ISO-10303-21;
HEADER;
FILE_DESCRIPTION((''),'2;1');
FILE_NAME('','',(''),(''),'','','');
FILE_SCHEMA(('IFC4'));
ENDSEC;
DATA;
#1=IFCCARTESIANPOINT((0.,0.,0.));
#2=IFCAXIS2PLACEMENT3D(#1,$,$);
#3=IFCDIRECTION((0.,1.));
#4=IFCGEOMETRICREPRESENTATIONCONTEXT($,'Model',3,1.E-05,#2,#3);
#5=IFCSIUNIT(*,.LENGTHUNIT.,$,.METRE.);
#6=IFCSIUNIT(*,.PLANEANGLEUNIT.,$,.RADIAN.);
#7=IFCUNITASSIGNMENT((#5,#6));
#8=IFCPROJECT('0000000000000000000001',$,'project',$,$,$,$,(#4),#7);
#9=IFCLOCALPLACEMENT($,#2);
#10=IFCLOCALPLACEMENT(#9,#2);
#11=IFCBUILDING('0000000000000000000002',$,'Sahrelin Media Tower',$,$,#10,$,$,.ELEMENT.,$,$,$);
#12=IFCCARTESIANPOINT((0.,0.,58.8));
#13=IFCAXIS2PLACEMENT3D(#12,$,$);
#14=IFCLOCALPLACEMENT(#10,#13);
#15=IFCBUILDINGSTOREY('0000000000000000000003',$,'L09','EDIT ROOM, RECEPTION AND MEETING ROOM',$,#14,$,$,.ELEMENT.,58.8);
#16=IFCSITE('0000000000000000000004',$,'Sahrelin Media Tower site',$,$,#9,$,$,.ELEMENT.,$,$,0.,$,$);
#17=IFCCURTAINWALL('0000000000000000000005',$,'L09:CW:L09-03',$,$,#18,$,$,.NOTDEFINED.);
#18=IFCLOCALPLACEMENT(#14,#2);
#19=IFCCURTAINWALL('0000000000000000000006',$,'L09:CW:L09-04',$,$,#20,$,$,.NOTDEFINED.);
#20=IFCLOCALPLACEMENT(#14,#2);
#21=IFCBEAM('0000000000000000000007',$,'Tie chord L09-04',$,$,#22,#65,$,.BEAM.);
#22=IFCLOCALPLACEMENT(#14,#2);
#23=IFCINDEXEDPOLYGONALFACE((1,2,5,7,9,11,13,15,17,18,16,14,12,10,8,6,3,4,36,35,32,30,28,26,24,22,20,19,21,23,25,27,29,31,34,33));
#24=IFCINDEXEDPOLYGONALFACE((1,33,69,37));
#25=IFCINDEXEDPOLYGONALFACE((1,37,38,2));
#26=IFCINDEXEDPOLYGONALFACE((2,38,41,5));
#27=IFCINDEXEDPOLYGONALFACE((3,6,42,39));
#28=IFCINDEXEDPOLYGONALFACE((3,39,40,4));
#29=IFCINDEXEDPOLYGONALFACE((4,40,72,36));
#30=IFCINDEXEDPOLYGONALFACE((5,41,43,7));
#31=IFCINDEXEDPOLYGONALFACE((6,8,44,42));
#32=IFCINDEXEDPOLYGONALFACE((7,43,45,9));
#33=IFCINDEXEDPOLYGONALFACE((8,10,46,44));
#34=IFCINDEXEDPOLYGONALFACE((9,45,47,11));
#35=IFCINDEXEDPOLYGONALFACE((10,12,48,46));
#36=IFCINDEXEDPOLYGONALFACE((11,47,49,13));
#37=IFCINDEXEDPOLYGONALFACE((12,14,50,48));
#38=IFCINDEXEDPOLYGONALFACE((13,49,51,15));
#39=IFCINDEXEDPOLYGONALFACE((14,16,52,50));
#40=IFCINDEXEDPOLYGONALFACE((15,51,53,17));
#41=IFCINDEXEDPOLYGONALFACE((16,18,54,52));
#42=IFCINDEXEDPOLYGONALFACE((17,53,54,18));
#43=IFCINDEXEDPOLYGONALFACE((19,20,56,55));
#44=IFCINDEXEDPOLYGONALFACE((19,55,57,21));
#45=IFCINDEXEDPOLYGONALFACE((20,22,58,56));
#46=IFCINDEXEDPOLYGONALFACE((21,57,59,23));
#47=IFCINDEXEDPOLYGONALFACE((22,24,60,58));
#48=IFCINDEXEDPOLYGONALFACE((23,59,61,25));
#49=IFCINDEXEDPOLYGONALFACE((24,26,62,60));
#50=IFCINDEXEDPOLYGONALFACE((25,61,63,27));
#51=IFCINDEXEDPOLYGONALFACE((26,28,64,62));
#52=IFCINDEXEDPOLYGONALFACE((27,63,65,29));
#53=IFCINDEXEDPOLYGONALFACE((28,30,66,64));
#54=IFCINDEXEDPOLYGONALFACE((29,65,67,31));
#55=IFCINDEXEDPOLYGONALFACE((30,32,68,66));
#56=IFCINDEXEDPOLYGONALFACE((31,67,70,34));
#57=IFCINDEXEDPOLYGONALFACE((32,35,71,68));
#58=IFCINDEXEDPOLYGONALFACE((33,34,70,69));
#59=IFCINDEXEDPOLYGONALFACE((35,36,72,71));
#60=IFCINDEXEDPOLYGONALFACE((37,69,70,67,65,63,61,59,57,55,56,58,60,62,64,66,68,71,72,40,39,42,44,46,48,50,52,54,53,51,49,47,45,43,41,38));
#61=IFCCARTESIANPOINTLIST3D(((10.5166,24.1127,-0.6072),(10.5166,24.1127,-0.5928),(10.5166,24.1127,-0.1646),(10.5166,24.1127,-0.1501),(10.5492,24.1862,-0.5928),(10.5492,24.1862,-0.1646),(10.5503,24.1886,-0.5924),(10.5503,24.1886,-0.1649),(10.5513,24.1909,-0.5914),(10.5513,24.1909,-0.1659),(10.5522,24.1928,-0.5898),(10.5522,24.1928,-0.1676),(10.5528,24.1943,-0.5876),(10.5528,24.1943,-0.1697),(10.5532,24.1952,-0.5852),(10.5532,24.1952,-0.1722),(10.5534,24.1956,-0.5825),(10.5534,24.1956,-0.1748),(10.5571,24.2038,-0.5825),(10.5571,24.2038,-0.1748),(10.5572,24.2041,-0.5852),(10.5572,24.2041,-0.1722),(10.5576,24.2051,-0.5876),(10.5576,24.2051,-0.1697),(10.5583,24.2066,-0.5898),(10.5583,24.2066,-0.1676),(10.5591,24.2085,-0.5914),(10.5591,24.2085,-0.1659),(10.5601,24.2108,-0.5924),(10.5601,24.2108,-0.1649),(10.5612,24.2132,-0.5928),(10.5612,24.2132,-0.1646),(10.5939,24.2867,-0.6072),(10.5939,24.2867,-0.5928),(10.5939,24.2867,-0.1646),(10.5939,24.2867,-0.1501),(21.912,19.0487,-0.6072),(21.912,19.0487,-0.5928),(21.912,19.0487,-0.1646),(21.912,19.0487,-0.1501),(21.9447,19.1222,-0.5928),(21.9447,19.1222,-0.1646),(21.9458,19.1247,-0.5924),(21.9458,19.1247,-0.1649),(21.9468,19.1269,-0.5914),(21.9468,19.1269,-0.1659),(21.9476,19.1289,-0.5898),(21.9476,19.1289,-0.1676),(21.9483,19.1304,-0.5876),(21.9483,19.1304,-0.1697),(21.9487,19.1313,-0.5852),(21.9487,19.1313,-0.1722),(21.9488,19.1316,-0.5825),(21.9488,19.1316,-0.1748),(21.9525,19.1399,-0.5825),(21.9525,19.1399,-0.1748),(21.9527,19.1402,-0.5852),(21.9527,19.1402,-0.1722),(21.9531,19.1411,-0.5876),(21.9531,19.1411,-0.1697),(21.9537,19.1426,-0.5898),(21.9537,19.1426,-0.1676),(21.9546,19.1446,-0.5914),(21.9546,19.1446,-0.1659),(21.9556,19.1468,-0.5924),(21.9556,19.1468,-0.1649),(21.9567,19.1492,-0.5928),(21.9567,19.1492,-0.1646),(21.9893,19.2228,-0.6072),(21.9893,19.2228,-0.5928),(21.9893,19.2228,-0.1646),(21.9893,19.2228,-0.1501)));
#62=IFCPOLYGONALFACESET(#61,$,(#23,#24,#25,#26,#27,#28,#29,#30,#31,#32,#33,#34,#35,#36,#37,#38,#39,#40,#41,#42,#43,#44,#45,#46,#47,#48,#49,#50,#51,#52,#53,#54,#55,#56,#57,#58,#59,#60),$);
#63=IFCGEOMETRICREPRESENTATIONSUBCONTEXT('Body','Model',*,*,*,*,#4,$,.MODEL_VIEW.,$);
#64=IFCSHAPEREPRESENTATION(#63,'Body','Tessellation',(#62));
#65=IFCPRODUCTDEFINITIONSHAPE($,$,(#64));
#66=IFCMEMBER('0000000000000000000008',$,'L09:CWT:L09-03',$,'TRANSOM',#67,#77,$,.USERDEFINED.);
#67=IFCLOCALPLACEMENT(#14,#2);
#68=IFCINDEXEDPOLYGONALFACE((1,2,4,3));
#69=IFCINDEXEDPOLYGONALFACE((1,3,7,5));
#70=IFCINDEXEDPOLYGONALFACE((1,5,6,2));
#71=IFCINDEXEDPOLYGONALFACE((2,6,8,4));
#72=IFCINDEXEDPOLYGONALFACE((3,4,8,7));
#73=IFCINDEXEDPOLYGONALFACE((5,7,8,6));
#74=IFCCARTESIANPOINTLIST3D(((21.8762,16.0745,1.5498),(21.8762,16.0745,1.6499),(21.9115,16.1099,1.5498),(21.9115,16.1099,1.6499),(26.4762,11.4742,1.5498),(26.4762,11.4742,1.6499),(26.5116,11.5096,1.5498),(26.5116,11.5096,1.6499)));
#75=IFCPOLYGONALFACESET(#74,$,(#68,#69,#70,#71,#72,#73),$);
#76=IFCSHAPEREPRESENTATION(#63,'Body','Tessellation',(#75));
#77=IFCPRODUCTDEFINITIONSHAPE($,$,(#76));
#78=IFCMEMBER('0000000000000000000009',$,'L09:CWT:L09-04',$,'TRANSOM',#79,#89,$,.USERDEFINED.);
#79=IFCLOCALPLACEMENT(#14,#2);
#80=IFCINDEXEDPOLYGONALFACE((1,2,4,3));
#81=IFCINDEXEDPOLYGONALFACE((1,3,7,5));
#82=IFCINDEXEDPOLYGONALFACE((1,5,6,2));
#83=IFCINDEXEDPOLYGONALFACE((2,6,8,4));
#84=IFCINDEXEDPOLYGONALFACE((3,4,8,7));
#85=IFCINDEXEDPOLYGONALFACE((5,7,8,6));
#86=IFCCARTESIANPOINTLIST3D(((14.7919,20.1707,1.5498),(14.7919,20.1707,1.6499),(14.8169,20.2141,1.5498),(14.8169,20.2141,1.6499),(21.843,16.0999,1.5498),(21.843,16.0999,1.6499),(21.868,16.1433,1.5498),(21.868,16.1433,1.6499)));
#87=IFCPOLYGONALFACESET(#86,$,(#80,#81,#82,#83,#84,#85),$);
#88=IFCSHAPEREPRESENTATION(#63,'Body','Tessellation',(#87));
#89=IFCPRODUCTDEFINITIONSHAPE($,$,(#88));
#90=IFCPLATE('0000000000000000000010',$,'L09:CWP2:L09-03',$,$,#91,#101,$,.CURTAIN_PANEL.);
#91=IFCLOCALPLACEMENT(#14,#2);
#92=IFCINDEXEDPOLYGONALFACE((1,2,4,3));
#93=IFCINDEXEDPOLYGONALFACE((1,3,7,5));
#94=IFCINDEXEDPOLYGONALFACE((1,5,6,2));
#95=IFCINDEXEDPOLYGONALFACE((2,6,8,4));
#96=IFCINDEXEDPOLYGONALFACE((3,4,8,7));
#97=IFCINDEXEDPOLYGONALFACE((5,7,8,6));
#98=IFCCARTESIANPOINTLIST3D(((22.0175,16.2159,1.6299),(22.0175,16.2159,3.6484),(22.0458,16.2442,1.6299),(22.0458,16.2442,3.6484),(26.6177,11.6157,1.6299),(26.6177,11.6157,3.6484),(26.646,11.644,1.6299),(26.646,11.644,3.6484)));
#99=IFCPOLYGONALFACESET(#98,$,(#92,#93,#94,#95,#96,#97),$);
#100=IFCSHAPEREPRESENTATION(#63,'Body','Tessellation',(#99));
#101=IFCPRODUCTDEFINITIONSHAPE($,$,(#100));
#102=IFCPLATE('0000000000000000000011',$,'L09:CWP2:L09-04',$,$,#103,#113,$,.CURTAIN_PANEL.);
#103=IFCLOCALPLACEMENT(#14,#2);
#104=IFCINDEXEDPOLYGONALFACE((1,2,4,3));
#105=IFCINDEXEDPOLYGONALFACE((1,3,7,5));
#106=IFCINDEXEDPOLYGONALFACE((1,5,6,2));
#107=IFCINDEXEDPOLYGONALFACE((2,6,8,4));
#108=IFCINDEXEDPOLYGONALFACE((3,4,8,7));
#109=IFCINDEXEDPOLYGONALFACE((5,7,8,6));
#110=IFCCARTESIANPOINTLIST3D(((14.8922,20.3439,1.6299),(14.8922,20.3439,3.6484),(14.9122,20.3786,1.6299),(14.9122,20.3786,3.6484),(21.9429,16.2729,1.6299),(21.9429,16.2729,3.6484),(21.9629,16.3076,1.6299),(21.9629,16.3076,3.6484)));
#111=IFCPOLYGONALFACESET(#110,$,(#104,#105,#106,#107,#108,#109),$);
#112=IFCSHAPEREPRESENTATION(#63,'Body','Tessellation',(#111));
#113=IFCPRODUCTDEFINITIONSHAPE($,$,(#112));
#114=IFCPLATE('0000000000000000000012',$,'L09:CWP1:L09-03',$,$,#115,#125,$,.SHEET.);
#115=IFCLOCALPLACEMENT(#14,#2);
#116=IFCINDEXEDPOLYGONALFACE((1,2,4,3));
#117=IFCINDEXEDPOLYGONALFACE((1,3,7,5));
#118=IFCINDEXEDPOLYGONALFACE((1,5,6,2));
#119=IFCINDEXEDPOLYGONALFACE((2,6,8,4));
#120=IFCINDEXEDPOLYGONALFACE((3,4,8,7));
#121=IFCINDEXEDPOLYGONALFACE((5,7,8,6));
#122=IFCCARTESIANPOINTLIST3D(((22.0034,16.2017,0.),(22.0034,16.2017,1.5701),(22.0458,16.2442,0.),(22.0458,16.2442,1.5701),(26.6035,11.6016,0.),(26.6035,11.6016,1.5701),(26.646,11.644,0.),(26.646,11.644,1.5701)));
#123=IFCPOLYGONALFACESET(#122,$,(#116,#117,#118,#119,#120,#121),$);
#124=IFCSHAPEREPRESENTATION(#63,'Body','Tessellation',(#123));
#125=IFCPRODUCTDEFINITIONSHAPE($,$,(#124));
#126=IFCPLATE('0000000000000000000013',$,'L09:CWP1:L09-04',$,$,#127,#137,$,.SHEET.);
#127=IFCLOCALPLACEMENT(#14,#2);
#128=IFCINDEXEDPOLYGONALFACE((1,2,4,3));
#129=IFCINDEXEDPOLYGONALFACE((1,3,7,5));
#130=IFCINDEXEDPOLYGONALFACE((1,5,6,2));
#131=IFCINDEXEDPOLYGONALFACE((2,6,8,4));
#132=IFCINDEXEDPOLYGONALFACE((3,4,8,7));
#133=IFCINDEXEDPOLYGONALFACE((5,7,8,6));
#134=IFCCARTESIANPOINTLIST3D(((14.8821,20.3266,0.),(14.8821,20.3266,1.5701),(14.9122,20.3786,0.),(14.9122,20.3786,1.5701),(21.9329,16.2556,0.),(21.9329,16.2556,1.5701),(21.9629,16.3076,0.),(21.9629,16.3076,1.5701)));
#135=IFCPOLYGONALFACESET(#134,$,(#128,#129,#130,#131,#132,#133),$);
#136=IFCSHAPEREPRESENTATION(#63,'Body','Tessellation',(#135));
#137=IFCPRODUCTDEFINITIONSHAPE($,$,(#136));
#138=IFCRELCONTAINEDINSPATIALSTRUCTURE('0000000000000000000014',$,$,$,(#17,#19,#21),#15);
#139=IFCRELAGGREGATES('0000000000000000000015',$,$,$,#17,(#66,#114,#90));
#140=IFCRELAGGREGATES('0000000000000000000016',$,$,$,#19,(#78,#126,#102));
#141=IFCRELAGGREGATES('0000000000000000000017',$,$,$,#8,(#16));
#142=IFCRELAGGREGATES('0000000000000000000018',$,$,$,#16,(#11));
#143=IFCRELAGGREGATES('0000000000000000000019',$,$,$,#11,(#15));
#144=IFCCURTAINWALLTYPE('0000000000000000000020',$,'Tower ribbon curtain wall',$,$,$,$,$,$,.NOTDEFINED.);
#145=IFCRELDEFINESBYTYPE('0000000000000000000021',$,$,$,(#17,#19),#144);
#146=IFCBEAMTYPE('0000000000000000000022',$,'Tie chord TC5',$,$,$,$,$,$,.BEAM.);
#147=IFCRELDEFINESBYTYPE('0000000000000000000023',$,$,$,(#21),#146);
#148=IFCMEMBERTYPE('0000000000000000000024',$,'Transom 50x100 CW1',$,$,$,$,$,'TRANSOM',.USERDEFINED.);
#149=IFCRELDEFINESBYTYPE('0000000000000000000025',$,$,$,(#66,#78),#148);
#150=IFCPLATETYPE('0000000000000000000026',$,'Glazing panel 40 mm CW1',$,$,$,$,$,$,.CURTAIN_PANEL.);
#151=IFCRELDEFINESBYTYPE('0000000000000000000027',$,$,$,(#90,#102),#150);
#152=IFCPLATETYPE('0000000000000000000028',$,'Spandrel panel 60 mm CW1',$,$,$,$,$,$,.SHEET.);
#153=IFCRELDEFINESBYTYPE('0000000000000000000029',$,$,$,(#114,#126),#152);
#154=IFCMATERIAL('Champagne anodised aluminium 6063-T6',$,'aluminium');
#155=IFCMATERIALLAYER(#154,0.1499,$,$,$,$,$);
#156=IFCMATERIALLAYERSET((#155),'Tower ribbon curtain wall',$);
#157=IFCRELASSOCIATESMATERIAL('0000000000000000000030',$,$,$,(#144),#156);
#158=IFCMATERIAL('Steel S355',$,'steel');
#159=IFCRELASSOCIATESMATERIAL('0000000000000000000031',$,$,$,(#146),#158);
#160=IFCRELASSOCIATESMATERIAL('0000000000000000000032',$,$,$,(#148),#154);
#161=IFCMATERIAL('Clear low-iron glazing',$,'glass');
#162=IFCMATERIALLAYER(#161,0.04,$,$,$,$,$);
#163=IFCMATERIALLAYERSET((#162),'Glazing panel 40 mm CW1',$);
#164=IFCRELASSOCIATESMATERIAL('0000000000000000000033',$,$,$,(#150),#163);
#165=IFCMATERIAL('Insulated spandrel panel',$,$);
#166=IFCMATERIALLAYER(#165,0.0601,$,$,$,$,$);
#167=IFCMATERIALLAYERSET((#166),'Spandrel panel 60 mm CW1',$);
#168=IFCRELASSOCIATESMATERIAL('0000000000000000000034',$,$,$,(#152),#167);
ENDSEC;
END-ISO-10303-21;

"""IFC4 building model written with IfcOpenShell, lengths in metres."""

from ifc_helpers import new_model, si_unit, direction, frame, origin, origin_2d, place, context, subcontext, project, spatial, polyline, rectangle, i_section, outline, extrude, material, layer, layer_set, material_profile, profile_set, type_object, element, aggregate, save


model = new_model("IFC4")

# Units and contexts
model_context = context("Model", 3, precision=1e-05, world=origin(), true_north=direction((0.0, 1.0)))
body_context = subcontext(model_context, "Body", "Model", "MODEL_VIEW")
ifc_project = project(units=[si_unit("LENGTHUNIT", "METRE"), si_unit("PLANEANGLEUNIT", "RADIAN")], contexts=[model_context])

# Site, building, storey
site_placement = place(None, origin())
site = spatial("IfcSite", under=ifc_project, at=site_placement, Name="Sahrelin Media Tower site", CompositionType="ELEMENT", RefElevation=0.0)
building_placement = place(site_placement, origin())
building = spatial("IfcBuilding", under=site, at=building_placement, Name="Sahrelin Media Tower", CompositionType="ELEMENT")
storey_placement = place(building_placement, frame((0.0, 0.0, 58.8)))
storey = spatial("IfcBuildingStorey", under=building, at=storey_placement, Name="L09", Description="EDIT ROOM, RECEPTION AND MEETING ROOM", CompositionType="ELEMENT", Elevation=58.8)

# Shared definitions
ifc_material_1 = material(Name="Steel S355", Category="steel")

# Curtain walls
ifc_material_2 = material(Name="Champagne anodised aluminium 6063-T6", Category="aluminium")
ifc_layer_1 = layer(ifc_material_2, 0.1499)
ifc_layer_set_1 = layer_set([ifc_layer_1], Name="Tower ribbon curtain wall")
curtain_wall_type = type_object("IfcCurtainWallType", Name="Tower ribbon curtain wall", PredefinedType="NOTDEFINED", material=ifc_layer_set_1)
curtain_wall_1_placement = place(storey_placement, frame((24.3318, 13.9299, 0.0), z_axis=(0.0, 0.0, 1.0), x_axis=(1.0, 0.0, 0.0)))
curtain_wall_1 = element("IfcCurtainWall", 1, at=curtain_wall_1_placement, inside=storey, type_object=curtain_wall_type, Name="L09:CW:L09-03", PredefinedType="NOTDEFINED")
curtain_wall_2_placement = place(storey_placement, frame((18.4275, 18.3257, 0.0), z_axis=(0.0, 0.0, 1.0), x_axis=(1.0, 0.0, 0.0)))
curtain_wall_2 = element("IfcCurtainWall", 2, at=curtain_wall_2_placement, inside=storey, type_object=curtain_wall_type, Name="L09:CW:L09-04", PredefinedType="NOTDEFINED")

# Beam
ifc_material_profile_1 = material_profile(ifc_material_1, i_section(OverallWidth=0.1904, OverallDepth=0.457, WebThickness=0.009, FlangeThickness=0.0144, FilletRadius=0.0103, at=origin_2d()), Name="UB 457x191x74")
ifc_profile_set_1 = profile_set([ifc_material_profile_1], Name="Steel S355")
beam_type_1 = type_object("IfcBeamType", Name="Tie chord TC5", PredefinedType="BEAM", material=ifc_profile_set_1)
beam_1_placement = place(storey_placement, frame((21.9507, 19.1357, -0.3787), z_axis=(-0.913833, 0.406091, 0.0), x_axis=(-0.406091, -0.913833, 0.0)))
element("IfcBeam", 3, at=beam_1_placement, inside=storey, type_object=beam_type_1, Name="Tie chord L09-04", PredefinedType="BEAM", context=body_context, shape_type="SweptSolid", body=[
    extrude(i_section(OverallWidth=0.1904, OverallDepth=0.457, WebThickness=0.009, FlangeThickness=0.0144, FilletRadius=0.0103, at=origin_2d()), origin(), (0.0, 0.0, 1.0), 12.47),
])

# Members
ifc_material_profile_2 = material_profile(ifc_material_2, rectangle(XDim=0.05, YDim=0.1001, at=origin_2d()), Name="Transom 50x100")
ifc_profile_set_2 = profile_set([ifc_material_profile_2], Name="Champagne anodised aluminium 6063-T6")
member_type_1 = type_object("IfcMemberType", Name="Transom 50x100 CW1", ElementType="TRANSOM", PredefinedType="USERDEFINED", material=ifc_profile_set_2)
member_1_placement = place(storey_placement, frame((26.4939, 11.4919, 1.5999), z_axis=(-0.707088, 0.707126, 0.0), x_axis=(-0.707126, -0.707088, 0.0)))
member_1 = element("IfcMember", 4, at=member_1_placement, type_object=member_type_1, Name="L09:CWT:L09-03", ObjectType="TRANSOM", PredefinedType="USERDEFINED", context=body_context, shape_type="SweptSolid", body=[
    extrude(rectangle(XDim=0.05, YDim=0.1001, at=origin_2d()), origin(), (0.0, 0.0, 1.0), 6.5056),
])
member_2_placement = place(storey_placement, frame((21.8555, 16.1216, 1.5999), z_axis=(-0.866031, 0.49999, 0.0), x_axis=(-0.49999, -0.866031, 0.0)))
member_2 = element("IfcMember", 5, at=member_2_placement, type_object=member_type_1, Name="L09:CWT:L09-04", ObjectType="TRANSOM", PredefinedType="USERDEFINED", context=body_context, shape_type="SweptSolid", body=[
    extrude(rectangle(XDim=0.05, YDim=0.1001, at=origin_2d()), origin(), (0.0, 0.0, 1.0), 8.1418),
])

# Plates
ifc_material_3 = material(Name="Clear low-iron glazing", Category="glass")
ifc_layer_2 = layer(ifc_material_3, 0.04)
ifc_layer_set_2 = layer_set([ifc_layer_2], Name="Glazing panel 40 mm CW1")
plate_type_1 = type_object("IfcPlateType", Name="Glazing panel 40 mm CW1", PredefinedType="CURTAIN_PANEL", material=ifc_layer_set_2)
plate_1_placement = place(storey_placement, frame((26.646, 11.644, 1.6299), z_axis=(0.707107, 0.707107, 0.0), x_axis=(-0.707107, 0.707107, 0.0)))
plate_1 = element("IfcPlate", 6, at=plate_1_placement, type_object=plate_type_1, Name="L09:CWP2:L09-03", PredefinedType="CURTAIN_PANEL", context=body_context, shape_type="SweptSolid", body=[
    extrude(outline(polyline([(0.0, 0.0), (6.5056, 0.0), (6.5056, 2.0186), (0.0, 2.0186), (0.0, 0.0)])), origin(), (0.0, 0.0, -1.0), 0.04),
])
plate_2_placement = place(storey_placement, frame((21.9629, 16.3076, 1.6299), z_axis=(0.500025, 0.866011, 0.0), x_axis=(-0.866011, 0.500025, 0.0)))
plate_2 = element("IfcPlate", 7, at=plate_2_placement, type_object=plate_type_1, Name="L09:CWP2:L09-04", PredefinedType="CURTAIN_PANEL", context=body_context, shape_type="SweptSolid", body=[
    extrude(outline(polyline([(0.0, 0.0), (8.1416, 0.0), (8.1416, 2.0186), (0.0, 2.0186), (0.0, 0.0)])), origin(), (0.0, 0.0, -1.0), 0.04),
])
ifc_material_4 = material(Name="Insulated spandrel panel")
ifc_layer_3 = layer(ifc_material_4, 0.0601)
ifc_layer_set_3 = layer_set([ifc_layer_3], Name="Spandrel panel 60 mm CW1")
plate_type_2 = type_object("IfcPlateType", Name="Spandrel panel 60 mm CW1", PredefinedType="SHEET", material=ifc_layer_set_3)
plate_3_placement = place(storey_placement, frame((26.646, 11.644, 0.0), z_axis=(0.707107, 0.707107, 0.0), x_axis=(-0.707107, 0.707107, 0.0)))
plate_3 = element("IfcPlate", 8, at=plate_3_placement, type_object=plate_type_2, Name="L09:CWP1:L09-03", PredefinedType="SHEET", context=body_context, shape_type="SweptSolid", body=[
    extrude(outline(polyline([(0.0, 0.0), (6.5056, 0.0), (6.5056, 1.5701), (0.0, 1.5701), (0.0, 0.0)])), origin(), (0.0, 0.0, -1.0), 0.0601),
])
aggregate(curtain_wall_1, [member_1, plate_3, plate_1])
plate_4_placement = place(storey_placement, frame((21.9629, 16.3076, 0.0), z_axis=(0.500025, 0.866011, 0.0), x_axis=(-0.866011, 0.500025, 0.0)))
plate_4 = element("IfcPlate", 9, at=plate_4_placement, type_object=plate_type_2, Name="L09:CWP1:L09-04", PredefinedType="SHEET", context=body_context, shape_type="SweptSolid", body=[
    extrude(outline(polyline([(0.0, 0.0), (8.1416, 0.0), (8.1416, 1.5701), (0.0, 1.5701), (0.0, 0.0)])), origin(), (0.0, 0.0, -1.0), 0.0601),
])
aggregate(curtain_wall_2, [member_2, plate_4, plate_2])

save(model, "model.ifc")
